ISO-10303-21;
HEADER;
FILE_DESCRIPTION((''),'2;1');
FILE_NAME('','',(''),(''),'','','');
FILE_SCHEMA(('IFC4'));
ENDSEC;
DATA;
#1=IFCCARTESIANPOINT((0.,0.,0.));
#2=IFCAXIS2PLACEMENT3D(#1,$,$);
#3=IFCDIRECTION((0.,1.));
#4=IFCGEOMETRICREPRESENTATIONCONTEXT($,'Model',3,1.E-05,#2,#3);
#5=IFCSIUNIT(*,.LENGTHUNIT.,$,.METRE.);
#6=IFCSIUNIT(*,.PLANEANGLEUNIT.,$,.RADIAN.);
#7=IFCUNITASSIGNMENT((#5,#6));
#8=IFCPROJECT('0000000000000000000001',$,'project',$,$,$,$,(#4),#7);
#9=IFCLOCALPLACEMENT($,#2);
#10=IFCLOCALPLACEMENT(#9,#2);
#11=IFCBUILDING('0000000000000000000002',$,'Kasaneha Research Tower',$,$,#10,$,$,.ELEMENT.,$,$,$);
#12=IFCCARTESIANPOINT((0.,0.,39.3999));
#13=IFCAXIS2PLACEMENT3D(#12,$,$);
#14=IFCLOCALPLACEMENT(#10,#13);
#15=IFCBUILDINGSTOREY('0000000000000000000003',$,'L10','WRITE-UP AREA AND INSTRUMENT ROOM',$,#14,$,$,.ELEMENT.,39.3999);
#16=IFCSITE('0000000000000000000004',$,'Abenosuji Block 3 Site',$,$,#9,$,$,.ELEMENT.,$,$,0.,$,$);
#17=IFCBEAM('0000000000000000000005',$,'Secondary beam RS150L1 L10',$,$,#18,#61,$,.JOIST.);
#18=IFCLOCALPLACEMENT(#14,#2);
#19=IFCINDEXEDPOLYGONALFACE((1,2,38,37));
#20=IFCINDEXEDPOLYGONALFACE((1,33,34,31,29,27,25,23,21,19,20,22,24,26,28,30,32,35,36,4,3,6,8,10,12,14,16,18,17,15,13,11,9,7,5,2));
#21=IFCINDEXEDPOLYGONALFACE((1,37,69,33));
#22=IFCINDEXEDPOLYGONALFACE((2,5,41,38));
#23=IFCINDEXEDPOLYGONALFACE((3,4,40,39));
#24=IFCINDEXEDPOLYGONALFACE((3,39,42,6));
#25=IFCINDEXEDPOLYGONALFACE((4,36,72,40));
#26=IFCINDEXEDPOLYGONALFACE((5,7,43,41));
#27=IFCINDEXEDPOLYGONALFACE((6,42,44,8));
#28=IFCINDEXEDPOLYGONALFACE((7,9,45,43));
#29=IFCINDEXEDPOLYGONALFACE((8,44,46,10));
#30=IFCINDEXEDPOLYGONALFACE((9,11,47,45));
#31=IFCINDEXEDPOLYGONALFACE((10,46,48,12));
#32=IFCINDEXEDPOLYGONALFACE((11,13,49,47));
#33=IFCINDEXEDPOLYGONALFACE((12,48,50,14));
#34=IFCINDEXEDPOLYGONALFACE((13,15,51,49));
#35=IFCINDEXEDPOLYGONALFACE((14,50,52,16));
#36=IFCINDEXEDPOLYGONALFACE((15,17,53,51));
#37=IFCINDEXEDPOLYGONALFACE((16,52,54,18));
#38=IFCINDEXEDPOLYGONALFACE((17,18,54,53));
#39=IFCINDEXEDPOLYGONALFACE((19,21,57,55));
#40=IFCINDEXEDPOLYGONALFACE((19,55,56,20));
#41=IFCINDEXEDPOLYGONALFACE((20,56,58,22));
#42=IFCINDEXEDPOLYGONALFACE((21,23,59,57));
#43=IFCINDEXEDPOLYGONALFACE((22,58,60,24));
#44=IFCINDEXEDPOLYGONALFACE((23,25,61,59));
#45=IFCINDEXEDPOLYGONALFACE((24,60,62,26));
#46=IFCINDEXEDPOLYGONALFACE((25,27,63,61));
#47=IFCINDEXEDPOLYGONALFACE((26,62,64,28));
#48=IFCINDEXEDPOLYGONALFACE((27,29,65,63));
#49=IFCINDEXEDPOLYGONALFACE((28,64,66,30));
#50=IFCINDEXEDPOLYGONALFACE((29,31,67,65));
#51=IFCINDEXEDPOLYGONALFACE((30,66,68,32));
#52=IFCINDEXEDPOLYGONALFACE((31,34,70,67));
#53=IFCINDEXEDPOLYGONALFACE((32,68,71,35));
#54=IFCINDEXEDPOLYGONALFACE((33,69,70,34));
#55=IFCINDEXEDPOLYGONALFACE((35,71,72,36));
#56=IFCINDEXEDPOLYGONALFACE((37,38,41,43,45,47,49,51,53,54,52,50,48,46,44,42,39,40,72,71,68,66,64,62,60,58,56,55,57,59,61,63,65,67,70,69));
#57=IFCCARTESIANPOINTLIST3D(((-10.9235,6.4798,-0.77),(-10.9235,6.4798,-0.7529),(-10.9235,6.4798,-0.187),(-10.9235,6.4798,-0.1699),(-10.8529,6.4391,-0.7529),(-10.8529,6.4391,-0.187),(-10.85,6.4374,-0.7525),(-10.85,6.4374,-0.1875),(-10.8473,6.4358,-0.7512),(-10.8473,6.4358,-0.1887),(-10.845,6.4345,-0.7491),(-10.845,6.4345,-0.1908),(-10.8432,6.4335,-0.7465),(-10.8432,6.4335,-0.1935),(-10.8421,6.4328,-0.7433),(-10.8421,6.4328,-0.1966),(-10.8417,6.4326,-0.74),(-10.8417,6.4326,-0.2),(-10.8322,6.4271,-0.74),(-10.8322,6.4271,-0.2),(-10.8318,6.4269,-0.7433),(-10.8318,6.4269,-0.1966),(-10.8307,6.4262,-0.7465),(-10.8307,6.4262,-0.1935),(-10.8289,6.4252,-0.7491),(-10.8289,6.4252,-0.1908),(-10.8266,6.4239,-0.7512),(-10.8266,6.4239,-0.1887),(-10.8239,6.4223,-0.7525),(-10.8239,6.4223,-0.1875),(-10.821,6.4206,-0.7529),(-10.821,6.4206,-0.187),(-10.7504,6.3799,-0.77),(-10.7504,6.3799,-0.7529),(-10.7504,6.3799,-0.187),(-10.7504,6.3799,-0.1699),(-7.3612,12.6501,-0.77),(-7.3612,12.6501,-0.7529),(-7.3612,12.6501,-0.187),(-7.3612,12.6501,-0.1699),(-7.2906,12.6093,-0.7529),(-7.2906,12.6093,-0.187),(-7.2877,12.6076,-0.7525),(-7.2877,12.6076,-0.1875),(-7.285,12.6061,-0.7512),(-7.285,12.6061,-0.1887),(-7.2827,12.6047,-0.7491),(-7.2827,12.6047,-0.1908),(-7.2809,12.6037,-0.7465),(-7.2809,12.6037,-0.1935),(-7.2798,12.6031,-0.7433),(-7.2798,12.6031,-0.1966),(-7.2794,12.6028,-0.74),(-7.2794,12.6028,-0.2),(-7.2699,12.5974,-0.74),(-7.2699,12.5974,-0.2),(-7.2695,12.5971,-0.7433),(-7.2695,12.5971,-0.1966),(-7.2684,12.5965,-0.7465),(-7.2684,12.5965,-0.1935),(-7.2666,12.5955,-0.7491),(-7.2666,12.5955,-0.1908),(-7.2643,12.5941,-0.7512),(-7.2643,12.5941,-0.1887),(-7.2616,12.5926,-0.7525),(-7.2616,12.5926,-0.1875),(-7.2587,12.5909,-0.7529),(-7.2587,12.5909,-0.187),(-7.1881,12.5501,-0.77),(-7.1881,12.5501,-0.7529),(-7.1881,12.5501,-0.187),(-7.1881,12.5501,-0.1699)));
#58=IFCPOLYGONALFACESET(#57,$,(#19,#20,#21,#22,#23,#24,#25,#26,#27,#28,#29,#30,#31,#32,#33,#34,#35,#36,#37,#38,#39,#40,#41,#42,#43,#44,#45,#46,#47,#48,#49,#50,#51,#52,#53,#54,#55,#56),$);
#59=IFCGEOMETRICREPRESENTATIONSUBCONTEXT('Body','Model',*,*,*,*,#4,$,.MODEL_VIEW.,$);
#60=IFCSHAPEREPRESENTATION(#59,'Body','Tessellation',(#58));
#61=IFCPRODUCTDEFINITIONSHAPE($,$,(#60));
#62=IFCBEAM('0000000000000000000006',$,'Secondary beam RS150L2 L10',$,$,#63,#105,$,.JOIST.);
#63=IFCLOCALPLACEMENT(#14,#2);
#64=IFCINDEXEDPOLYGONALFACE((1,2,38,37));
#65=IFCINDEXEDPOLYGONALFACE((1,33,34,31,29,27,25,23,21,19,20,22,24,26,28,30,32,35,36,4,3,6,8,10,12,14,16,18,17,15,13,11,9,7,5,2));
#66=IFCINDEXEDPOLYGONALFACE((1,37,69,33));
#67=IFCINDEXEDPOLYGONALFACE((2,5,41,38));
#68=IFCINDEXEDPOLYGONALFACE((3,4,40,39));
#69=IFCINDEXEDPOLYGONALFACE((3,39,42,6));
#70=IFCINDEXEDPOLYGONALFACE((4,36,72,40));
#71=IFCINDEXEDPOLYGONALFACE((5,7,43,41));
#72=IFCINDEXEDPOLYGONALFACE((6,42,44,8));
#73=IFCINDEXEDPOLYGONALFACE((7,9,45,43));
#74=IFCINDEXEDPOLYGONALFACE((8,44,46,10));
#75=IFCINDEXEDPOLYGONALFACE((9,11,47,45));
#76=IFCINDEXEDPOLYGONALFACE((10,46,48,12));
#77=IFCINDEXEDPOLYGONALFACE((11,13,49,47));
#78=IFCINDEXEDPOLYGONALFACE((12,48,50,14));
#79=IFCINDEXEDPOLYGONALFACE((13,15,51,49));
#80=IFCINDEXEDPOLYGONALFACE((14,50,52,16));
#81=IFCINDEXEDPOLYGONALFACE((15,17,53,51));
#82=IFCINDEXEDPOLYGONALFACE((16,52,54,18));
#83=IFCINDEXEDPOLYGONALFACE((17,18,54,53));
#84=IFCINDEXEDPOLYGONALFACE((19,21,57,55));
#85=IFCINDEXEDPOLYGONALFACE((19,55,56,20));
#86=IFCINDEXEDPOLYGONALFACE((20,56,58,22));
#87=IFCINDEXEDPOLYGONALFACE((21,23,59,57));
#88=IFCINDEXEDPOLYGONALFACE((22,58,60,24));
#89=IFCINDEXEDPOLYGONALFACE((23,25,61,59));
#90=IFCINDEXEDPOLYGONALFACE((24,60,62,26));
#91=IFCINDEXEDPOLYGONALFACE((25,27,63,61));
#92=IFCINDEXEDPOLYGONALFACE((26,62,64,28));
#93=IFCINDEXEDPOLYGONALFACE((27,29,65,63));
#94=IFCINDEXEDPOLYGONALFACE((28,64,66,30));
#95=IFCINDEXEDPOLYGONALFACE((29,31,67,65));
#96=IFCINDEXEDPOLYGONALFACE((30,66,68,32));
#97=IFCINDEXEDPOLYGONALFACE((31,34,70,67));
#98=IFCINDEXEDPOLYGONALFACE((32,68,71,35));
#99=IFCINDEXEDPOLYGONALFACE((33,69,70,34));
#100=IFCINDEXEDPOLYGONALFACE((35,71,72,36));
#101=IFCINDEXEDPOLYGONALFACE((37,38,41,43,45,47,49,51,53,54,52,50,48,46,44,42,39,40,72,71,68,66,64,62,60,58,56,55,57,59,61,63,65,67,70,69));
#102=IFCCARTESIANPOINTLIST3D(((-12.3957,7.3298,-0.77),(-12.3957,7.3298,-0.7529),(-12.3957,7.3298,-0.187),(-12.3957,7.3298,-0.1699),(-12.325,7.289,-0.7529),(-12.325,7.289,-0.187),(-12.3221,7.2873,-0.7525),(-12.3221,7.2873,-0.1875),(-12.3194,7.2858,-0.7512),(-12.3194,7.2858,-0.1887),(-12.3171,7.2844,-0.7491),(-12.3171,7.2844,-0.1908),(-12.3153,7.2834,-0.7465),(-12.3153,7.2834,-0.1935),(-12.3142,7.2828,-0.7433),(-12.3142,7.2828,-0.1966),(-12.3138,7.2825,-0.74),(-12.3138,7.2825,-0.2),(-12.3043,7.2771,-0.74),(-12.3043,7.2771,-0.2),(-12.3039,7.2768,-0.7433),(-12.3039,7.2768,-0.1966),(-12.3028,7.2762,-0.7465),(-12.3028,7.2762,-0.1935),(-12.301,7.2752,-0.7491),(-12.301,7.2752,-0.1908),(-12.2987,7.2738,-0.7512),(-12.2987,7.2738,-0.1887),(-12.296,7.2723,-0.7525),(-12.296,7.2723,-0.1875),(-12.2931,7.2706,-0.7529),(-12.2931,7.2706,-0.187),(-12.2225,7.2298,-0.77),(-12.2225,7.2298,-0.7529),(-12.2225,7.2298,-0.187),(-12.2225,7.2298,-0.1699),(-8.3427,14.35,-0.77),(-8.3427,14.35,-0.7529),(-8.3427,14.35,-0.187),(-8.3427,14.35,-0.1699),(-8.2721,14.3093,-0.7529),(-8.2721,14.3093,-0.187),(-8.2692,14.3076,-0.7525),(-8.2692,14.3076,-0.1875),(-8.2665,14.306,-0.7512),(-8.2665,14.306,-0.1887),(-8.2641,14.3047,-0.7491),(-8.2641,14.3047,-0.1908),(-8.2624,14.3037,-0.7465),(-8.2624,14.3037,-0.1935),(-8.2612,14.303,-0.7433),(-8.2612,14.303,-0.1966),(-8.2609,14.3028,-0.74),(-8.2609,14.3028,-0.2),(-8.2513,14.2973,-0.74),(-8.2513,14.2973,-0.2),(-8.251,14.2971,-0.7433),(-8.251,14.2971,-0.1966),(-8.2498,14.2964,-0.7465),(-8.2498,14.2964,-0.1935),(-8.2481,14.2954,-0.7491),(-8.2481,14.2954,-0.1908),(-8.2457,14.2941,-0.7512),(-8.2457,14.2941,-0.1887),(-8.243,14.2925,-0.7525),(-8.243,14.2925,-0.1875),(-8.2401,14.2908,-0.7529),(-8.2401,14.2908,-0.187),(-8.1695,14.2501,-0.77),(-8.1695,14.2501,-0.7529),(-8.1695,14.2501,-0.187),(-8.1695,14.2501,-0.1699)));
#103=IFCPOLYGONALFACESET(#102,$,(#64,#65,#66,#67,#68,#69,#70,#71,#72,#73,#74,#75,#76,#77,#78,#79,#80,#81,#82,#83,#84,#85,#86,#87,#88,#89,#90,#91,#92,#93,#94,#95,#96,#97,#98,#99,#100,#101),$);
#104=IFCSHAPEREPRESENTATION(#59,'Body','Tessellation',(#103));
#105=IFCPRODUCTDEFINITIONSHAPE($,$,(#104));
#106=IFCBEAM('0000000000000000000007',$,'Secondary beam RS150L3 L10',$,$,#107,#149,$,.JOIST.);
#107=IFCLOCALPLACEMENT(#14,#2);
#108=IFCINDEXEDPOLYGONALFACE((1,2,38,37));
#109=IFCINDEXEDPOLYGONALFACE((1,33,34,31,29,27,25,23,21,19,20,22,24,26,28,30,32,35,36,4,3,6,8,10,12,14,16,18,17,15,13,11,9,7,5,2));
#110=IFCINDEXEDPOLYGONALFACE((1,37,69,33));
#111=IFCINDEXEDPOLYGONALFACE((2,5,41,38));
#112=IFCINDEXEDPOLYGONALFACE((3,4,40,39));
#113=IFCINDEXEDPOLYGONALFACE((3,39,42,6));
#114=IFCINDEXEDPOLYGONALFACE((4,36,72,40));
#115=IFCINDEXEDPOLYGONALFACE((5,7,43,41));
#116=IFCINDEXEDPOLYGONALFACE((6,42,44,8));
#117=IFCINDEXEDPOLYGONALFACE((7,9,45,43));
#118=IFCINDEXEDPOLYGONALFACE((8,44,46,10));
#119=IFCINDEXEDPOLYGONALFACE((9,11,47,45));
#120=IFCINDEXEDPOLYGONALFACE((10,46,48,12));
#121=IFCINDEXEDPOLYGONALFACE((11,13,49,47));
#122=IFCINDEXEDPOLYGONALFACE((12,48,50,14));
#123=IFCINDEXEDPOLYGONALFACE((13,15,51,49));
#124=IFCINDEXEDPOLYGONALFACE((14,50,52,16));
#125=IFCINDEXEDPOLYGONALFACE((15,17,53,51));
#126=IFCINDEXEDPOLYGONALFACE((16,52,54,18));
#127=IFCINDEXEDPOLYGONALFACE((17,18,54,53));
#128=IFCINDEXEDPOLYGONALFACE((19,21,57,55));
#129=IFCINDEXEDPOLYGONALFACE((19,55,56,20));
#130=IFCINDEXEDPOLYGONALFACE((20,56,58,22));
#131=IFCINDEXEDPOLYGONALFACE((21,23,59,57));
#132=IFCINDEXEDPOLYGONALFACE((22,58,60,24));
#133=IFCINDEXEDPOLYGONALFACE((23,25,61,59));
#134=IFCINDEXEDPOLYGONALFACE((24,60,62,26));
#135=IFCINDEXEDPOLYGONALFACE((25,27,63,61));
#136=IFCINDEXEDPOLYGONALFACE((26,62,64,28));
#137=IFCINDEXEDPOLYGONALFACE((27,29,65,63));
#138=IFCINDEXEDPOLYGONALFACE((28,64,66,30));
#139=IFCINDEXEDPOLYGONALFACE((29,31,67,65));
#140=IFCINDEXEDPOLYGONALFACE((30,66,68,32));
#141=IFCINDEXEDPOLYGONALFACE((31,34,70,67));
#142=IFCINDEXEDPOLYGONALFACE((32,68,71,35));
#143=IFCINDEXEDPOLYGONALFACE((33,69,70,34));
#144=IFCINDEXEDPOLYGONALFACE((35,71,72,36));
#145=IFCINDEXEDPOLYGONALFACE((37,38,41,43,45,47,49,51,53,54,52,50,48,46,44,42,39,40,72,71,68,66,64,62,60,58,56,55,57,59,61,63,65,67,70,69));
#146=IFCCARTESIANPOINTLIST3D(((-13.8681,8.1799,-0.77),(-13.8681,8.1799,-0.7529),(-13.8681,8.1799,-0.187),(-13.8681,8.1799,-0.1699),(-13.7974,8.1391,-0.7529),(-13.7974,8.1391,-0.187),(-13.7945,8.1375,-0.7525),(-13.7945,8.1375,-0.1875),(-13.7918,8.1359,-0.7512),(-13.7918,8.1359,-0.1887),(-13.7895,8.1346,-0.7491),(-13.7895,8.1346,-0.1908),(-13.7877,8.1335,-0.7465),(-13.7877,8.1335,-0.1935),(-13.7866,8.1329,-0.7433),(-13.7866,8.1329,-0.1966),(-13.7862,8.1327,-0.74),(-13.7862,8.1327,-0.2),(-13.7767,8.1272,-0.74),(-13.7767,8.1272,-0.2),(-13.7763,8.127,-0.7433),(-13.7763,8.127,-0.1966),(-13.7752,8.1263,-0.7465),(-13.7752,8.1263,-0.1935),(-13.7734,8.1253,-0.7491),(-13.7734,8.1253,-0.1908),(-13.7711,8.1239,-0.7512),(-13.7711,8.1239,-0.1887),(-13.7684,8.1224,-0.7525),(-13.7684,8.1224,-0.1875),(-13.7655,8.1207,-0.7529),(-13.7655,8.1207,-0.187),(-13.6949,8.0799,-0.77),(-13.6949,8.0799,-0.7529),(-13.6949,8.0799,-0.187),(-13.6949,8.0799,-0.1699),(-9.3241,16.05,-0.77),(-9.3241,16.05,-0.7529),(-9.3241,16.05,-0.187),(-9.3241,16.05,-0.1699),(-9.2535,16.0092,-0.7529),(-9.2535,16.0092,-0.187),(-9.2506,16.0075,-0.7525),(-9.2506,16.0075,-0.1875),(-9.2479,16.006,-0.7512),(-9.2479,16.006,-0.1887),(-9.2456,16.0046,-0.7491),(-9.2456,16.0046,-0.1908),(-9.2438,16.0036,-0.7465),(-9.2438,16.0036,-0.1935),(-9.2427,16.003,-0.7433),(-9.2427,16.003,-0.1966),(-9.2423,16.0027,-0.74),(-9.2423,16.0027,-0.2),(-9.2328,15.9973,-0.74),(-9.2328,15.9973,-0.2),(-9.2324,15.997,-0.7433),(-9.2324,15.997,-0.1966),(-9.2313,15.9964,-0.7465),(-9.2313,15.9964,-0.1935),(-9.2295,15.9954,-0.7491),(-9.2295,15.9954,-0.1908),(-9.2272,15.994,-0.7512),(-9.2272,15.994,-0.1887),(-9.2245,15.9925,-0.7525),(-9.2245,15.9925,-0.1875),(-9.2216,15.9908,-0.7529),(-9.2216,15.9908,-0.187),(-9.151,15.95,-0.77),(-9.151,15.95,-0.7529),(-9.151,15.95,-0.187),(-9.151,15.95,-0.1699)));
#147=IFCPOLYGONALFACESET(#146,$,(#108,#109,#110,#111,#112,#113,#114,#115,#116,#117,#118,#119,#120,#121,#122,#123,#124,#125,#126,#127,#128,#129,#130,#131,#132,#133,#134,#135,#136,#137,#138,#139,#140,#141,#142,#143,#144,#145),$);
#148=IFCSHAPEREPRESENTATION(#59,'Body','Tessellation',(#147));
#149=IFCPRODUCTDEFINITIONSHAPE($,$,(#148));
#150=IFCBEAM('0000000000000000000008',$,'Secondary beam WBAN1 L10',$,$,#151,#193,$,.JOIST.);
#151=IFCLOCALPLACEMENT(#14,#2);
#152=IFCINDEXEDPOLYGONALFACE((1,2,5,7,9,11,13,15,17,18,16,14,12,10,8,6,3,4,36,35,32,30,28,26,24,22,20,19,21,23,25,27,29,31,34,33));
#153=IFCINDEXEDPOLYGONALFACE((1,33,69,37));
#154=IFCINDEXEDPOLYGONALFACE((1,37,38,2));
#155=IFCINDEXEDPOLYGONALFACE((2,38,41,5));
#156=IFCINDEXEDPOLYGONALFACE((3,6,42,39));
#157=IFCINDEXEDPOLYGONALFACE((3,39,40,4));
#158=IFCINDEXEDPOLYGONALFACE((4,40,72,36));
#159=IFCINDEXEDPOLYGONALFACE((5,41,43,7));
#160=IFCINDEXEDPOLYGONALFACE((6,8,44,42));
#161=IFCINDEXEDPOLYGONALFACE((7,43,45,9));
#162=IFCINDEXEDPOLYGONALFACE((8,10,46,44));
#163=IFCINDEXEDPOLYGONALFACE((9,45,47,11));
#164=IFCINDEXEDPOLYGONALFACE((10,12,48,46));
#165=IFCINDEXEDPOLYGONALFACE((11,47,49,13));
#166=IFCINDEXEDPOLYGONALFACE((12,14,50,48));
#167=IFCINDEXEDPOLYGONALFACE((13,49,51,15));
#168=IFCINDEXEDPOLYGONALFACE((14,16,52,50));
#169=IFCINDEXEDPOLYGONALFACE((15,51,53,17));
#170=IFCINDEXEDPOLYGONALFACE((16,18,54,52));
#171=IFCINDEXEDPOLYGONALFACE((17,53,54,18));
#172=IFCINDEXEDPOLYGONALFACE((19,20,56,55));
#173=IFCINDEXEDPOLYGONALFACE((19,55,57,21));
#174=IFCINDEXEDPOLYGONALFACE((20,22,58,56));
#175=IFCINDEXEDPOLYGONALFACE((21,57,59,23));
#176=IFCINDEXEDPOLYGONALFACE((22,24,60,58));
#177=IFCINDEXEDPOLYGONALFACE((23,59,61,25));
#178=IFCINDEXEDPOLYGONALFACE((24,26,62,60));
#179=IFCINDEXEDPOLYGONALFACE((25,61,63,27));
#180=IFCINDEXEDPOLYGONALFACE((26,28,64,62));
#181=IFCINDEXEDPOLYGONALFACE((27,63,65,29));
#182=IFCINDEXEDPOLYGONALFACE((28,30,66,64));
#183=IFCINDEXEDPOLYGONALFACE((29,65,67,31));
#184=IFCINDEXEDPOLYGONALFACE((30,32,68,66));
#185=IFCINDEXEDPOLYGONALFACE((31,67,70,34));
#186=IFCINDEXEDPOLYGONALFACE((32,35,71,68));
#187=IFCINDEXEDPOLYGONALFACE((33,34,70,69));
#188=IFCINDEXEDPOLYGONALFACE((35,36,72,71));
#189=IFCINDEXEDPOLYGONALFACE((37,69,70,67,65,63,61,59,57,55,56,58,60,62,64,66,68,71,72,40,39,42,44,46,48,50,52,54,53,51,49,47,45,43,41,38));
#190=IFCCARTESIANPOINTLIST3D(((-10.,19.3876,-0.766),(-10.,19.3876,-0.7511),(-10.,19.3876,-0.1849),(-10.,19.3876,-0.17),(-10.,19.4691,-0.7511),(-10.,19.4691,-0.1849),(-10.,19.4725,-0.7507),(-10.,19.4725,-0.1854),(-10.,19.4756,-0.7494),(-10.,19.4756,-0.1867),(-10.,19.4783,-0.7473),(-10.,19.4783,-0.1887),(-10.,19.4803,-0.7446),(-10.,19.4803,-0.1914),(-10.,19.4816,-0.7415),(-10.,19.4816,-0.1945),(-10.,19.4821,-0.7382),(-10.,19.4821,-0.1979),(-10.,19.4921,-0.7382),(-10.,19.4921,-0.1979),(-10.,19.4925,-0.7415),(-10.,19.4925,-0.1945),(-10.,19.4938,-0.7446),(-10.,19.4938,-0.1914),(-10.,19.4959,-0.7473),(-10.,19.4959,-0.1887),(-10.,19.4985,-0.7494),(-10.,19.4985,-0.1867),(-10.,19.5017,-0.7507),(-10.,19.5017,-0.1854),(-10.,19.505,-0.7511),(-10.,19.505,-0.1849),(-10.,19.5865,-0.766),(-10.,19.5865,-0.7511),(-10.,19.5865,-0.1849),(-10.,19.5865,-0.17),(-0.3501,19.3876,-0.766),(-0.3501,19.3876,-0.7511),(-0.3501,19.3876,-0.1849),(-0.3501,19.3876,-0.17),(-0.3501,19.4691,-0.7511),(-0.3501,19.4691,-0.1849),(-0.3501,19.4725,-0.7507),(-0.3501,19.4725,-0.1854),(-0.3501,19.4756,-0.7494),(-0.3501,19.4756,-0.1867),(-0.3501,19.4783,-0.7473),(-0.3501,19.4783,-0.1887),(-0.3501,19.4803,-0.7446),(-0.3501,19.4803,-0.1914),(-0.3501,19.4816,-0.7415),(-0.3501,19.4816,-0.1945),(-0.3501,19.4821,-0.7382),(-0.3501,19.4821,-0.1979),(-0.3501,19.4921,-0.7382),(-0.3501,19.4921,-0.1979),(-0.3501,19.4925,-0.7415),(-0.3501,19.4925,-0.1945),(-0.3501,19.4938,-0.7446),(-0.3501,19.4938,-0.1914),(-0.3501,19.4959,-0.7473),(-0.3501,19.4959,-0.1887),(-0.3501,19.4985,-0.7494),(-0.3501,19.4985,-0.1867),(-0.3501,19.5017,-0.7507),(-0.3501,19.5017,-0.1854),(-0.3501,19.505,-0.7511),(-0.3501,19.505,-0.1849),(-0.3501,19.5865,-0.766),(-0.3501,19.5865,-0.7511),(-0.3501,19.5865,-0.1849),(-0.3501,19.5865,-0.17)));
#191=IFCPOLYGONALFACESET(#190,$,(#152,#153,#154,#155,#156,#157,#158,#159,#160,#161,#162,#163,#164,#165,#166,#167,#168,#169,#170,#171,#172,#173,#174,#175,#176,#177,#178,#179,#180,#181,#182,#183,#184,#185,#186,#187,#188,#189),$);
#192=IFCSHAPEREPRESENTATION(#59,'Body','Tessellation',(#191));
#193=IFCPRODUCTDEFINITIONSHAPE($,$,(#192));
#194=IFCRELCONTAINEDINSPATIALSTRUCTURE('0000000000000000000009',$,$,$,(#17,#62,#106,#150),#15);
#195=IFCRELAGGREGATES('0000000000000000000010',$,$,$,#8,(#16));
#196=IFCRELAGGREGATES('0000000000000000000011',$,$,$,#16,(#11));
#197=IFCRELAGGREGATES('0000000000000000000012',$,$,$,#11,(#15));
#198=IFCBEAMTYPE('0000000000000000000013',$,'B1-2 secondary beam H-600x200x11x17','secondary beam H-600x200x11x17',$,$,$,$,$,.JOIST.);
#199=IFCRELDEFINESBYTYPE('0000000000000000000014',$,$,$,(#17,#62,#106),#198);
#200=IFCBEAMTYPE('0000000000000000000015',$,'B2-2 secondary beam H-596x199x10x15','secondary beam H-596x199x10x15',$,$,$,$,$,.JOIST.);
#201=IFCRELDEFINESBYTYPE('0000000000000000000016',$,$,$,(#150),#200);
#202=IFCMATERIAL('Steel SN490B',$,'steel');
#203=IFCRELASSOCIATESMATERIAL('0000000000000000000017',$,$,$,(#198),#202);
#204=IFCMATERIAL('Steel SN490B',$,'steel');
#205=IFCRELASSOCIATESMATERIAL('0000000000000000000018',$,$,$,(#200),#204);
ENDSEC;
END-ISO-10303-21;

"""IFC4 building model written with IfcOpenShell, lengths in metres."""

from ifc_helpers import new_model, si_unit, direction, frame, origin, origin_2d, place, context, subcontext, project, spatial, i_section, extrude, material, material_profile, profile_set, type_object, element, save


model = new_model("IFC4")

# Units and contexts
model_context = context("Model", 3, precision=1e-05, world=origin(), true_north=direction((0.0, 1.0)))
body_context = subcontext(model_context, "Body", "Model", "MODEL_VIEW")
ifc_project = project(units=[si_unit("LENGTHUNIT", "METRE"), si_unit("PLANEANGLEUNIT", "RADIAN")], contexts=[model_context])

# Site, building, storey
site_placement = place(None, origin())
site = spatial("IfcSite", under=ifc_project, at=site_placement, Name="Abenosuji Block 3 Site", CompositionType="ELEMENT", RefElevation=0.0)
building_placement = place(site_placement, origin())
building = spatial("IfcBuilding", under=site, at=building_placement, Name="Kasaneha Research Tower", CompositionType="ELEMENT")
storey_placement = place(building_placement, frame((0.0, 0.0, 39.3999)))
storey = spatial("IfcBuildingStorey", under=building, at=storey_placement, Name="L10", Description="WRITE-UP AREA AND INSTRUMENT ROOM", CompositionType="ELEMENT", Elevation=39.3999)

# Beams
ifc_material_1 = material(Name="Steel SN490B", Category="steel")
ifc_material_profile_1 = material_profile(ifc_material_1, i_section(OverallWidth=0.2, OverallDepth=0.6001, WebThickness=0.011, FlangeThickness=0.0171, FilletRadius=0.0129, at=origin_2d()), Name="H-600x200x11x17")
ifc_profile_set_1 = profile_set([ifc_material_profile_1], Name="Steel SN490B")
beam_type_1 = type_object("IfcBeamType", Name="B1-2 secondary beam H-600x200x11x17", Description="secondary beam H-600x200x11x17", PredefinedType="JOIST", material=ifc_profile_set_1)
beam_1_placement = place(storey_placement, frame((-7.2747, 12.6001, -0.47), z_axis=(-0.49999, -0.866031, 0.0), x_axis=(0.866031, -0.49999, 0.0)))
element("IfcBeam", 1, at=beam_1_placement, inside=storey, type_object=beam_type_1, Name="Secondary beam RS150L1 L10", PredefinedType="JOIST", context=body_context, shape_type="SweptSolid", body=[
    extrude(i_section(OverallWidth=0.2, OverallDepth=0.6001, WebThickness=0.011, FlangeThickness=0.0171, FilletRadius=0.0129, at=origin_2d()), origin(), (0.0, 0.0, 1.0), 7.1248),
])
beam_2_placement = place(storey_placement, frame((-8.2561, 14.3, -0.47), z_axis=(-0.499984, -0.866035, 0.0), x_axis=(0.866035, -0.499984, 0.0)))
element("IfcBeam", 2, at=beam_2_placement, inside=storey, type_object=beam_type_1, Name="Secondary beam RS150L2 L10", PredefinedType="JOIST", context=body_context, shape_type="SweptSolid", body=[
    extrude(i_section(OverallWidth=0.2, OverallDepth=0.6001, WebThickness=0.011, FlangeThickness=0.0171, FilletRadius=0.0129, at=origin_2d()), origin(), (0.0, 0.0, 1.0), 8.1062),
])
beam_3_placement = place(storey_placement, frame((-9.2375, 16.0, -0.47), z_axis=(-0.500011, -0.866019, 0.0), x_axis=(0.866019, -0.500011, 0.0)))
element("IfcBeam", 3, at=beam_3_placement, inside=storey, type_object=beam_type_1, Name="Secondary beam RS150L3 L10", PredefinedType="JOIST", context=body_context, shape_type="SweptSolid", body=[
    extrude(i_section(OverallWidth=0.2, OverallDepth=0.6001, WebThickness=0.011, FlangeThickness=0.0171, FilletRadius=0.0129, at=origin_2d()), origin(), (0.0, 0.0, 1.0), 9.0876),
])
ifc_material_2 = material(Name="Steel SN490B", Category="steel")
ifc_material_profile_2 = material_profile(ifc_material_2, i_section(OverallWidth=0.199, OverallDepth=0.5959, WebThickness=0.01, FlangeThickness=0.0149, FilletRadius=0.0129, at=origin_2d()), Name="H-596x199x10x15")
ifc_profile_set_2 = profile_set([ifc_material_profile_2], Name="Steel SN490B")
beam_type_2 = type_object("IfcBeamType", Name="B2-2 secondary beam H-596x199x10x15", Description="secondary beam H-596x199x10x15", PredefinedType="JOIST", material=ifc_profile_set_2)
for number, where, z_axis, x_axis, name in (
    (4, (-10.0, 19.4871, -0.468), (1.0, 0.0, 0.0), (0.0, 1.0, 0.0), "Secondary beam WBAN1 L10"),
):
    element("IfcBeam", number, at=place(storey_placement, frame(where, z_axis=z_axis, x_axis=x_axis)), inside=storey, type_object=beam_type_2, Name=name, PredefinedType="JOIST", context=body_context, shape_type="SweptSolid", body=[
        extrude(i_section(OverallWidth=0.199, OverallDepth=0.5959, WebThickness=0.01, FlangeThickness=0.0149, FilletRadius=0.0129, at=origin_2d()), origin(), (0.0, 0.0, 1.0), 9.6499),
    ])

save(model, "model.ifc")
